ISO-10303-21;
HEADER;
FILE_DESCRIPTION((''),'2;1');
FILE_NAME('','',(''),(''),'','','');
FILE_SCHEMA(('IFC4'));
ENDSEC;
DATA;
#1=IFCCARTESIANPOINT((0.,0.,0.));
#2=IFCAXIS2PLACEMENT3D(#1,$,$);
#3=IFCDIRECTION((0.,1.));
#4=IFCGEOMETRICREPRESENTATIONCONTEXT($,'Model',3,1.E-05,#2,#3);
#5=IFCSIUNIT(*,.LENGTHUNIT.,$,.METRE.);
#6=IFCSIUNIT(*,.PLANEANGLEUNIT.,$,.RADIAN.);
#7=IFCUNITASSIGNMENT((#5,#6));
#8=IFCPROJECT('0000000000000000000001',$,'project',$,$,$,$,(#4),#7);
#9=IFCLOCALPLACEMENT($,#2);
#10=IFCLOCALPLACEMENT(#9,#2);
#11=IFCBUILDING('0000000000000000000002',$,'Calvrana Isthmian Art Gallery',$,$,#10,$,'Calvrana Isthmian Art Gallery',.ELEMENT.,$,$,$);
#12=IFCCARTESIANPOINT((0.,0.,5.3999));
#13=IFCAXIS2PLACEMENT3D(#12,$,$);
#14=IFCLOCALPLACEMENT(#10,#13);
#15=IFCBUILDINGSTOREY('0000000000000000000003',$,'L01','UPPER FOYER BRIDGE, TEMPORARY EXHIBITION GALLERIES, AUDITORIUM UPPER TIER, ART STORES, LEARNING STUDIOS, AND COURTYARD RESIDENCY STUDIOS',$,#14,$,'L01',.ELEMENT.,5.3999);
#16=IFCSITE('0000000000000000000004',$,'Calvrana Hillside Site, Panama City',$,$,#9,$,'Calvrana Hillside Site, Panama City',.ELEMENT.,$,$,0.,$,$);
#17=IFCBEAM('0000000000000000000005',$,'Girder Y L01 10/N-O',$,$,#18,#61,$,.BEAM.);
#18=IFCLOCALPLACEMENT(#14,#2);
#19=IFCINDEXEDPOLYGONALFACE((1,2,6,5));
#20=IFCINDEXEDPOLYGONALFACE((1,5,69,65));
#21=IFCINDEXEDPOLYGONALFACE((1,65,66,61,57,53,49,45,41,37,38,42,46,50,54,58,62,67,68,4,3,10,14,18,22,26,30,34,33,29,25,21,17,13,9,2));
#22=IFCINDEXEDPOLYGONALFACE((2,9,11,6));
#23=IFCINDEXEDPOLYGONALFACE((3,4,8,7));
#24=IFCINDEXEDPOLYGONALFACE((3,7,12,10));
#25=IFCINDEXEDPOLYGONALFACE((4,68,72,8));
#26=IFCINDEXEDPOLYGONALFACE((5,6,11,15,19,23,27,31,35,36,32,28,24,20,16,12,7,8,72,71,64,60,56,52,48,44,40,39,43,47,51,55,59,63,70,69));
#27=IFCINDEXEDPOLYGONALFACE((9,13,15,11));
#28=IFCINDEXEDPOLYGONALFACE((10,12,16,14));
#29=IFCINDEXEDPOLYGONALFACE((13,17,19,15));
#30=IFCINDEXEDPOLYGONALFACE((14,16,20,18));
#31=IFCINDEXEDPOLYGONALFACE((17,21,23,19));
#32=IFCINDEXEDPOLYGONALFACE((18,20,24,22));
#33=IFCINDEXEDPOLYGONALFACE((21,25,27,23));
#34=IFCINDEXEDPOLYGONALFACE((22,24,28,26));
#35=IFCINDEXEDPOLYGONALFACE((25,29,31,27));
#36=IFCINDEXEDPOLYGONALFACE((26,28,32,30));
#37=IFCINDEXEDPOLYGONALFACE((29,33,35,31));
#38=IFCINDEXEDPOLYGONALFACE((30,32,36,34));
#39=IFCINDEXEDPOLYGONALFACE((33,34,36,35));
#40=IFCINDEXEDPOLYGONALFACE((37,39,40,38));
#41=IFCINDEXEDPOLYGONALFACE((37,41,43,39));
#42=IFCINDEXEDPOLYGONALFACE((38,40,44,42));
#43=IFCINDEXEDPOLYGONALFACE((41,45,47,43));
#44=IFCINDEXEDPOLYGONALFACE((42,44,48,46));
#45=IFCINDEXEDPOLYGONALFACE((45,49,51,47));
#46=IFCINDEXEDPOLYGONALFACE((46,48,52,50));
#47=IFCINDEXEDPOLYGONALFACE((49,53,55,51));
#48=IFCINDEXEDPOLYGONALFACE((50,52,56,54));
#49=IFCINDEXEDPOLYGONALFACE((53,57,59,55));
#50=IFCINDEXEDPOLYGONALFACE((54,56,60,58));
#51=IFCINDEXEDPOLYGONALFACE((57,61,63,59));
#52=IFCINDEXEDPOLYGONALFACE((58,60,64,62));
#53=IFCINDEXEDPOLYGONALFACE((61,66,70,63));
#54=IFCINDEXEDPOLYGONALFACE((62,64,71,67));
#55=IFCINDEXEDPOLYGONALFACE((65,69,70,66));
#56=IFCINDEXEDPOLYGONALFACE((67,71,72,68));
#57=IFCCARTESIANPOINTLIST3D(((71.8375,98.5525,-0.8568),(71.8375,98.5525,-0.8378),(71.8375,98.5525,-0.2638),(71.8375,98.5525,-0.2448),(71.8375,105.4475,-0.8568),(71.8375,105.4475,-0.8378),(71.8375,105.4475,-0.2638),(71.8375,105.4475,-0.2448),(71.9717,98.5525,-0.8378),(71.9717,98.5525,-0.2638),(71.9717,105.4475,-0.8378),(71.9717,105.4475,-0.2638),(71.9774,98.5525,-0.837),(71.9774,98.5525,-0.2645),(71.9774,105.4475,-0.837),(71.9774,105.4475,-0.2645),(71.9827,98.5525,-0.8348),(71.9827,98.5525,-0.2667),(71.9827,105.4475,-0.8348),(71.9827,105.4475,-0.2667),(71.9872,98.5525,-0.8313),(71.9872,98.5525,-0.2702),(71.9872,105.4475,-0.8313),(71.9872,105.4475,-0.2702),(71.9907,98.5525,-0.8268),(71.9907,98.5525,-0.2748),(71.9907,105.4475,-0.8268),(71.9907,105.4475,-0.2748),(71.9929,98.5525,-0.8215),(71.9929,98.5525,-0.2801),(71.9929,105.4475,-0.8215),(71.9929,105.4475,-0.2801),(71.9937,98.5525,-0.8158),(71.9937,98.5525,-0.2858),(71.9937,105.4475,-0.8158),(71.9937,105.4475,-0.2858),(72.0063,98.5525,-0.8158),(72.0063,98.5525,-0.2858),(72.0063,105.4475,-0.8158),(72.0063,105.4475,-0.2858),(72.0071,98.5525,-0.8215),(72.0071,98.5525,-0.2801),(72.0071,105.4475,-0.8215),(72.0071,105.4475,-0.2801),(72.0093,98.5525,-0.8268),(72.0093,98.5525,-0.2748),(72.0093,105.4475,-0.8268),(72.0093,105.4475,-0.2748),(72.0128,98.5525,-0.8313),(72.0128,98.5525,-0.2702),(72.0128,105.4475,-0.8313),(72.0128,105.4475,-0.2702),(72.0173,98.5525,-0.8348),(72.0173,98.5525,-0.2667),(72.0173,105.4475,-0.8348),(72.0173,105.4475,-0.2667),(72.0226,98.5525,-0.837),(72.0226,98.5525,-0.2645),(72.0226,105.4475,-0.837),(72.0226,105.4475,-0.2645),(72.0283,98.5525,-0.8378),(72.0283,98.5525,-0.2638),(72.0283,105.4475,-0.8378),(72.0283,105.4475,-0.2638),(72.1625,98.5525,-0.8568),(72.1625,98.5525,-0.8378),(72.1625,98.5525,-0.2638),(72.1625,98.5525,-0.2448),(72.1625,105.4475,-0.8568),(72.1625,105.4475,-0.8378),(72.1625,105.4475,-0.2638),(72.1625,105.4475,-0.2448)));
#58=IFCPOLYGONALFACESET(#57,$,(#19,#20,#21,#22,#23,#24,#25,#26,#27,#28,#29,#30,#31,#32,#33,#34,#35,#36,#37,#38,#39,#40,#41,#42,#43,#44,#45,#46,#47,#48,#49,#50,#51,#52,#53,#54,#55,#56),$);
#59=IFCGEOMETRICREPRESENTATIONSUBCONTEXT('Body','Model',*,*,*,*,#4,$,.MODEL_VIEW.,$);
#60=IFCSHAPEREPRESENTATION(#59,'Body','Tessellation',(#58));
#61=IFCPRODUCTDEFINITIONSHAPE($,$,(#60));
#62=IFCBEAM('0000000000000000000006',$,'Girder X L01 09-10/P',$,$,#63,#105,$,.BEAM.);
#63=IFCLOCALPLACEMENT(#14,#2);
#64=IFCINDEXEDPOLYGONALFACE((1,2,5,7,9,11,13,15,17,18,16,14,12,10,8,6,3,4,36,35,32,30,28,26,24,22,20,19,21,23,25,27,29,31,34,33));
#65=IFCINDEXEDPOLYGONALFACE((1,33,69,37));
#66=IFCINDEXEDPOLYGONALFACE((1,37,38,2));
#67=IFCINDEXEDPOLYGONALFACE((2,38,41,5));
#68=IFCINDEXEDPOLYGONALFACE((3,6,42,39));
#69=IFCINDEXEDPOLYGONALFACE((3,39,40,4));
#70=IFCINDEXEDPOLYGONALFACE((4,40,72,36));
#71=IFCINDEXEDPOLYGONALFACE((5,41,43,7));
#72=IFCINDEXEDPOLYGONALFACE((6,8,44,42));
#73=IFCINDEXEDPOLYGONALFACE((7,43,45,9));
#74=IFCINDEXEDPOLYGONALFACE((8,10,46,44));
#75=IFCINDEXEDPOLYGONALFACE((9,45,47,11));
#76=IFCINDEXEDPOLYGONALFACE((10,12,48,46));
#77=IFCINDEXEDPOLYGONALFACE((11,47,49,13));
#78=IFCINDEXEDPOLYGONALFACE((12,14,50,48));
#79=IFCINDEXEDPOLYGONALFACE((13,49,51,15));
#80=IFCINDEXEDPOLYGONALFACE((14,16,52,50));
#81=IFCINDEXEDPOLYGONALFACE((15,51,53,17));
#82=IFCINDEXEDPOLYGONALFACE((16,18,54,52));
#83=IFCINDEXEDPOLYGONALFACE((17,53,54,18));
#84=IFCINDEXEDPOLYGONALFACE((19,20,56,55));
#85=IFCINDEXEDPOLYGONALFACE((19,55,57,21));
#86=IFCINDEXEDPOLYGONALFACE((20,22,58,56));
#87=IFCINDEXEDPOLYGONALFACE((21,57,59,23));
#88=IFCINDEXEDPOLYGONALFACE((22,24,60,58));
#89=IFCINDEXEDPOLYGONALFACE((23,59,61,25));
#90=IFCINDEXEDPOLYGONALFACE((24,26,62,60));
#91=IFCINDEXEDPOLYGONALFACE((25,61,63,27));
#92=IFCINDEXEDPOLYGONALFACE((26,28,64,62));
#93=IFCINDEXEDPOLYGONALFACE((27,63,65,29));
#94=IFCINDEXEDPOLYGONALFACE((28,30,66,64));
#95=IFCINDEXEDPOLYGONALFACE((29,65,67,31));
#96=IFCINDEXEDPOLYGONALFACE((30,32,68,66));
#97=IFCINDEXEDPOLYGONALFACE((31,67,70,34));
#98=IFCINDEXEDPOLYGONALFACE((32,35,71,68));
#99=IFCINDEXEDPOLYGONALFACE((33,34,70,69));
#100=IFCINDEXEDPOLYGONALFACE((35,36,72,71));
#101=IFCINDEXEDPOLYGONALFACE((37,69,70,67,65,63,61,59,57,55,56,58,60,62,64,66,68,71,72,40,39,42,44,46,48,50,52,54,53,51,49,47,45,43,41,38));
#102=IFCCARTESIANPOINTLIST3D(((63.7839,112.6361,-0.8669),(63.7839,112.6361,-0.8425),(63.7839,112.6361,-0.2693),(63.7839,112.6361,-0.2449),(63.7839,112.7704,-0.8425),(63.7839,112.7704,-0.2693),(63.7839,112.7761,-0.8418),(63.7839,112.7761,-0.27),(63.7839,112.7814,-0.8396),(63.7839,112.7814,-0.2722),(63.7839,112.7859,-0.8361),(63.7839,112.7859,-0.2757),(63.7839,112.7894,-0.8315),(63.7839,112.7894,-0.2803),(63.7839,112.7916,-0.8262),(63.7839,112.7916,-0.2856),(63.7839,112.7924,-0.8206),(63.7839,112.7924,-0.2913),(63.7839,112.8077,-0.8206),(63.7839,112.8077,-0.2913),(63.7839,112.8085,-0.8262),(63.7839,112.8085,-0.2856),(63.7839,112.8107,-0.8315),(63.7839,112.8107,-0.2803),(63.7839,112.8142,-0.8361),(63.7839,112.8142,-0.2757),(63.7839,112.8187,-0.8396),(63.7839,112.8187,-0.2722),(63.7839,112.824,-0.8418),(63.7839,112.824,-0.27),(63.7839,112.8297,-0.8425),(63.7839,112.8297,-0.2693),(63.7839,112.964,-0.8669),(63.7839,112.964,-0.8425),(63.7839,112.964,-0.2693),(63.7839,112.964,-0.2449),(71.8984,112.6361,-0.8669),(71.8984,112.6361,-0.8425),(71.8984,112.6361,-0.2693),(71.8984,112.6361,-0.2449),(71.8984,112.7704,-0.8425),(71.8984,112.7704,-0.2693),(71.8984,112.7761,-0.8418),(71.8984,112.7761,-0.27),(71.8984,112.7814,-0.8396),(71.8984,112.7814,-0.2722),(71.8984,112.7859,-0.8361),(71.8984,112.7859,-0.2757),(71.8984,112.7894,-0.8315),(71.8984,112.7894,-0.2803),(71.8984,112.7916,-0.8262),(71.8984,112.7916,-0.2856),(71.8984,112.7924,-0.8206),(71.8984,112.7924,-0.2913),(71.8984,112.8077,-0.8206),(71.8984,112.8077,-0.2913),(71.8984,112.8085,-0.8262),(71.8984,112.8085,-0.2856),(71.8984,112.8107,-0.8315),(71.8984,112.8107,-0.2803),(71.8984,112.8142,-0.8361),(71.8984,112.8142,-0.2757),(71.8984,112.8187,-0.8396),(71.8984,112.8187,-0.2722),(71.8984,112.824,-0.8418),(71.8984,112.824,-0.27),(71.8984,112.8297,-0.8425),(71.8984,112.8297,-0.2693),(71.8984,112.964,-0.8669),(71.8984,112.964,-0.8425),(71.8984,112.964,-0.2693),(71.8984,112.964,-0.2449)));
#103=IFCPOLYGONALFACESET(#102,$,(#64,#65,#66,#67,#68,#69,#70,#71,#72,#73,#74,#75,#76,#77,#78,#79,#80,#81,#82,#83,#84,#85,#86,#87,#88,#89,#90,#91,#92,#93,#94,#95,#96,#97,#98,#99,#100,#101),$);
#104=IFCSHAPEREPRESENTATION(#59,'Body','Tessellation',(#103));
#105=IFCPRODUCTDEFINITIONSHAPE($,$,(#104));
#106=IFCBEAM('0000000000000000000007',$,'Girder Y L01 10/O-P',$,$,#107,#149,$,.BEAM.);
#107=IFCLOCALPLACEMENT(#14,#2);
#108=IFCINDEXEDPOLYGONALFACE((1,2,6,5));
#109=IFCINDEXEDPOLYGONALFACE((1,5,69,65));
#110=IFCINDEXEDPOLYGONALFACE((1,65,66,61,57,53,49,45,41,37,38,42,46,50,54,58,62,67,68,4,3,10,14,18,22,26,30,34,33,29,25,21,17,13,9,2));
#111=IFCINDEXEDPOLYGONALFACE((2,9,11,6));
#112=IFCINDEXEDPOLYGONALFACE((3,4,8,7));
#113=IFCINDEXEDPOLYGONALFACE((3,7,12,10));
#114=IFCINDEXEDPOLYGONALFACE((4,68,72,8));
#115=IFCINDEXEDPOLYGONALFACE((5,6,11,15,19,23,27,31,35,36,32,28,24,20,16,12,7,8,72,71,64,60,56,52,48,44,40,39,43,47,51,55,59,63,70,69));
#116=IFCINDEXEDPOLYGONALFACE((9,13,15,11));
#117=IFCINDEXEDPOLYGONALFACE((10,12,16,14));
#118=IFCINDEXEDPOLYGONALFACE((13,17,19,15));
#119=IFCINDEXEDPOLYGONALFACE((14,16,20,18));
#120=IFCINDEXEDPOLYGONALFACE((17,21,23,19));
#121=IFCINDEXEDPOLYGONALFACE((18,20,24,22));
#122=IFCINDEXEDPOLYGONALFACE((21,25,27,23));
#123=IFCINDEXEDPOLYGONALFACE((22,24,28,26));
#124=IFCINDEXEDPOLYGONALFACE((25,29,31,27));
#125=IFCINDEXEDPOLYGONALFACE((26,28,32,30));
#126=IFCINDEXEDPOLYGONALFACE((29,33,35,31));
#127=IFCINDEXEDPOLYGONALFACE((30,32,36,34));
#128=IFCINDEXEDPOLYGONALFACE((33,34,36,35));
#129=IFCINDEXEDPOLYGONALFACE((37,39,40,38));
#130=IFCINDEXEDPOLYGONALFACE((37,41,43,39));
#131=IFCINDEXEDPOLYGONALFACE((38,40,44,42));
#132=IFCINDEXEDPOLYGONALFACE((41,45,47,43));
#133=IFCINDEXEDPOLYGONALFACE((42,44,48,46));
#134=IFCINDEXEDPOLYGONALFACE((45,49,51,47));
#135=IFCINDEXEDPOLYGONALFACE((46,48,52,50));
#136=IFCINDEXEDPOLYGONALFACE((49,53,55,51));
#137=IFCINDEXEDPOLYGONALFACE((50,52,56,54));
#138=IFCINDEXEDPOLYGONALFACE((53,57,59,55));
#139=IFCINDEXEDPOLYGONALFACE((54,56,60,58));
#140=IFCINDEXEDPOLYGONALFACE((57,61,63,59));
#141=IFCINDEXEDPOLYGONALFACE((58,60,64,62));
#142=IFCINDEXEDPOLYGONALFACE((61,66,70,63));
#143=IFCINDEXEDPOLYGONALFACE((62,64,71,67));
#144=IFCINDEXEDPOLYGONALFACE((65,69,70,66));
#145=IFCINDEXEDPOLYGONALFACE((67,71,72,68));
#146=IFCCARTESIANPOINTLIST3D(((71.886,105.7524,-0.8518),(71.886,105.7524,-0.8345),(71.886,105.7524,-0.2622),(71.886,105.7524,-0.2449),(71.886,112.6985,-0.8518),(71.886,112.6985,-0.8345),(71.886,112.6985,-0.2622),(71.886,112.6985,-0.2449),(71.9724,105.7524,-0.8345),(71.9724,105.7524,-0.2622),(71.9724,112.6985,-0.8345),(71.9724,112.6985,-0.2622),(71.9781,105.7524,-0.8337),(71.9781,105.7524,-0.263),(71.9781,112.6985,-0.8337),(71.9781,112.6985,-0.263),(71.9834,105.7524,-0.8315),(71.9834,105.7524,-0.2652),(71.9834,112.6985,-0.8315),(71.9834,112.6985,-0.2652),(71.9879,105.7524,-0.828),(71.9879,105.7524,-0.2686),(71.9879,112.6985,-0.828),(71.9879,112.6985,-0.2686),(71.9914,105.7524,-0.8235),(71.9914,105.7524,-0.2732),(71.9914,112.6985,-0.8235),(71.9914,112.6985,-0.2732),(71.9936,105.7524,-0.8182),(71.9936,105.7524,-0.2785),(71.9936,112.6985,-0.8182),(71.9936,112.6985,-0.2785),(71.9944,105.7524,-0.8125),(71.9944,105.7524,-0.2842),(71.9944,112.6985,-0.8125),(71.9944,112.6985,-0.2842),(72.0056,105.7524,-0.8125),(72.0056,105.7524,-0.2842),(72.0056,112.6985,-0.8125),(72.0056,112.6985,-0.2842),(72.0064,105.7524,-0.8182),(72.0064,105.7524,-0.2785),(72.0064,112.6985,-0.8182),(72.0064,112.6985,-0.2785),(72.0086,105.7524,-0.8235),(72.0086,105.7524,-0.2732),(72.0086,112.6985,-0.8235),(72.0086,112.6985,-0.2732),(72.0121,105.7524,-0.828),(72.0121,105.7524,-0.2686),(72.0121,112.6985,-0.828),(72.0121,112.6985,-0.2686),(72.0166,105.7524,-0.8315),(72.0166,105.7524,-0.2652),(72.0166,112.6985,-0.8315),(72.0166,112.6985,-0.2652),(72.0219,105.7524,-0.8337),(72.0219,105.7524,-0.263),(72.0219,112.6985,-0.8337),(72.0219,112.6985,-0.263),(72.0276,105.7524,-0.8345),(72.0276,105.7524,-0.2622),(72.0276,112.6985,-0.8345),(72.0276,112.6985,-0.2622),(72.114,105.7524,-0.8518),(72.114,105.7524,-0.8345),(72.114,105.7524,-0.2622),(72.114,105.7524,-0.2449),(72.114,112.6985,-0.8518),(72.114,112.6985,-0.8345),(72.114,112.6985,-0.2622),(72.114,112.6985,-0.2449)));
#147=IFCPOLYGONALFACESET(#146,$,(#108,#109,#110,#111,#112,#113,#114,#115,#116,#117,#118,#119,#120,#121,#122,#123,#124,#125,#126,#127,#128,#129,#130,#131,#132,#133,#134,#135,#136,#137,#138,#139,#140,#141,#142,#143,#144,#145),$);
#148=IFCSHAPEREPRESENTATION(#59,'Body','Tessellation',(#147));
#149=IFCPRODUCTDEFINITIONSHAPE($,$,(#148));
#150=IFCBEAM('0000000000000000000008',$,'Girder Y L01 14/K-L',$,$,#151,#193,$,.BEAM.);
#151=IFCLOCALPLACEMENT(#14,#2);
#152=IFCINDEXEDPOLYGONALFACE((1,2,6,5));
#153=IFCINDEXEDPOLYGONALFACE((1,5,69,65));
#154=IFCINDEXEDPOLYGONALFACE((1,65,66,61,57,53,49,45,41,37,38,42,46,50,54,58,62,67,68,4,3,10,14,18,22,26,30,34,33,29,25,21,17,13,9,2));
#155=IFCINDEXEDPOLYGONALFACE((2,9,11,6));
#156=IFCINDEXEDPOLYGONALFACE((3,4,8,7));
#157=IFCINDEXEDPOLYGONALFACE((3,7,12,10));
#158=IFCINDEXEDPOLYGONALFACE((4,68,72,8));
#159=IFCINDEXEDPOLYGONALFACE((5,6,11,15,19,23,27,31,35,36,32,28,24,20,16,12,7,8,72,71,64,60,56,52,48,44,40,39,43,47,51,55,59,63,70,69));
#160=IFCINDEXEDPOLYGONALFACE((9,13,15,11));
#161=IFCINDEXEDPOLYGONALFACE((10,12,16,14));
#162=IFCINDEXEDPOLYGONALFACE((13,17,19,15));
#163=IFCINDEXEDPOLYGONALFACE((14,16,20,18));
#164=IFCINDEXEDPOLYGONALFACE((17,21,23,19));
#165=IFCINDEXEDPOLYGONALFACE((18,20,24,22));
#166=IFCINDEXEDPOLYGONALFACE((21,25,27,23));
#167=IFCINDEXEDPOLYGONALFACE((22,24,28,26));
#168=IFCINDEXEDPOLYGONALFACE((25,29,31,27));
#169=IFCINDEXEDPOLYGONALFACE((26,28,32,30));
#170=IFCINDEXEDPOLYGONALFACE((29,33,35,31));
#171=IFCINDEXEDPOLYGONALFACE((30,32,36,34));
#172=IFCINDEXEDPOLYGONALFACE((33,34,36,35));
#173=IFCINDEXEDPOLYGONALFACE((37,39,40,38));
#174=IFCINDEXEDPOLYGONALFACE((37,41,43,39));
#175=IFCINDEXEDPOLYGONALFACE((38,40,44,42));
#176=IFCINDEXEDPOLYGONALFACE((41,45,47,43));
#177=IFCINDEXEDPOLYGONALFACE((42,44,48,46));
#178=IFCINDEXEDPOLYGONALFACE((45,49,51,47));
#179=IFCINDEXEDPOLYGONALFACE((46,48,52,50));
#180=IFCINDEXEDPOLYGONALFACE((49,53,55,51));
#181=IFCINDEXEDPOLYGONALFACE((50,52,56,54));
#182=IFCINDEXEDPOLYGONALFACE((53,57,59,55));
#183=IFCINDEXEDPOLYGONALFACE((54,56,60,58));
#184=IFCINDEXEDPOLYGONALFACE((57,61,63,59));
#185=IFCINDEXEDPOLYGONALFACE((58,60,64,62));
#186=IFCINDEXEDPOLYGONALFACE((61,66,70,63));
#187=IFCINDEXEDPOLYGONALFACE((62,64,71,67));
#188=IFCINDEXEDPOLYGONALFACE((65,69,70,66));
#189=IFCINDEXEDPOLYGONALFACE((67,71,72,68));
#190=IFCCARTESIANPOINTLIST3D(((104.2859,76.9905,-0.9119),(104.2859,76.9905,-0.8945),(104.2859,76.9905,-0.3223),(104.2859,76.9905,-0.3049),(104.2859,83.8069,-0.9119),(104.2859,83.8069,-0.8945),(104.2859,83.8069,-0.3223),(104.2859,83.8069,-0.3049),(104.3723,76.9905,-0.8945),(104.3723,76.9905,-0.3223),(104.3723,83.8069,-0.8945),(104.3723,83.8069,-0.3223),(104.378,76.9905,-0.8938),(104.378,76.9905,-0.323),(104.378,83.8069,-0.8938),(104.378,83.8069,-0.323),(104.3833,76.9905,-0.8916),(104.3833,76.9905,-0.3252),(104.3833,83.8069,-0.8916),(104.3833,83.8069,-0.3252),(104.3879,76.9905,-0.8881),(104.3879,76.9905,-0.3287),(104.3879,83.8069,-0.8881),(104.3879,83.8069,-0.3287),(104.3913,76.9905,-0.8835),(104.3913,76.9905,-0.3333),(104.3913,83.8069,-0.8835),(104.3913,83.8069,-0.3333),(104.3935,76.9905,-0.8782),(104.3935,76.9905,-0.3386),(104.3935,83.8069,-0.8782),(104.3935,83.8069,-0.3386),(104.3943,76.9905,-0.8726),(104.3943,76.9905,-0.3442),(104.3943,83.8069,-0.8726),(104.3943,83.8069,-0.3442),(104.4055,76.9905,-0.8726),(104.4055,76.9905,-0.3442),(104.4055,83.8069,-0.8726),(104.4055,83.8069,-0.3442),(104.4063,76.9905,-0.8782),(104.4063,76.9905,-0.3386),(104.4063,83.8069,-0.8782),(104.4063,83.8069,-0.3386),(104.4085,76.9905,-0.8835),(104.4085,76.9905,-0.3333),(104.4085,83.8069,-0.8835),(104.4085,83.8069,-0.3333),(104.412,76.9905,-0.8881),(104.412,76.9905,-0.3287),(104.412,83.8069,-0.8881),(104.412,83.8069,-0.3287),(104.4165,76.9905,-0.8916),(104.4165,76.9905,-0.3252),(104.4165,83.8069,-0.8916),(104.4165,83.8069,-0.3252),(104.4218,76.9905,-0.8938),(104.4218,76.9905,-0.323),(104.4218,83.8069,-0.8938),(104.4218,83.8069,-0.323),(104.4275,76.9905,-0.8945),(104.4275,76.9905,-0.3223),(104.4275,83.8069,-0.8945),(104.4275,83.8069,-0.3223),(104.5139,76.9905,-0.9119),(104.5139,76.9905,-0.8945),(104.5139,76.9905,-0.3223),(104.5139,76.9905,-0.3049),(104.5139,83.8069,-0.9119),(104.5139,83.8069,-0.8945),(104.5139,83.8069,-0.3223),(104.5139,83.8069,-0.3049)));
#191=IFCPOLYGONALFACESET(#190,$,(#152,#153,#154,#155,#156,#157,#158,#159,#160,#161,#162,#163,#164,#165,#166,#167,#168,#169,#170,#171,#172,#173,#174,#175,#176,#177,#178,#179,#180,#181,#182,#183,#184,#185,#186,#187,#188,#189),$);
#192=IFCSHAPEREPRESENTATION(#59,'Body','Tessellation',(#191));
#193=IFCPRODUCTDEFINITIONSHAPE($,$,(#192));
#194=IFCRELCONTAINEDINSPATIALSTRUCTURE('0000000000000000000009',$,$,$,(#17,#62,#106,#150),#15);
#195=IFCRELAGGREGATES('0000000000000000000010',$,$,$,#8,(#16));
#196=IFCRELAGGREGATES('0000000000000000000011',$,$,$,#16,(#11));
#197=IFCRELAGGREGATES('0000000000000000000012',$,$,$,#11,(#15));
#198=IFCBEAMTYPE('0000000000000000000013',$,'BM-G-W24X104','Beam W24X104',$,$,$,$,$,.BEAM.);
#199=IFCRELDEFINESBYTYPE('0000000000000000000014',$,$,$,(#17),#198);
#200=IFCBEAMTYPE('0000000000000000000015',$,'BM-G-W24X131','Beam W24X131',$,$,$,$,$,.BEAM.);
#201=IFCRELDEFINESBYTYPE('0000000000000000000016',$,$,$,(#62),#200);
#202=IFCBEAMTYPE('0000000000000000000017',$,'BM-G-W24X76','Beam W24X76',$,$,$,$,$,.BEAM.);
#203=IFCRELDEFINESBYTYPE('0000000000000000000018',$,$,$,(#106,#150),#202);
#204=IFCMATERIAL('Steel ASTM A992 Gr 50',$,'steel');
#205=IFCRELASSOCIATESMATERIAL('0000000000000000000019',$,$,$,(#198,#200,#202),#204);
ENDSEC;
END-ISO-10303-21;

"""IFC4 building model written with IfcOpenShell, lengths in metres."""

from ifc_helpers import new_model, si_unit, direction, frame, origin, origin_2d, place, context, subcontext, project, spatial, i_section, extrude, material, material_profile, profile_set, type_object, element, save


model = new_model("IFC4")

# Units and contexts
model_context = context("Model", 3, precision=1e-05, world=origin(), true_north=direction((0.0, 1.0)))
body_context = subcontext(model_context, "Body", "Model", "MODEL_VIEW")
ifc_project = project(units=[si_unit("LENGTHUNIT", "METRE"), si_unit("PLANEANGLEUNIT", "RADIAN")], contexts=[model_context])

# Site, building, storey
site_placement = place(None, origin())
site = spatial("IfcSite", under=ifc_project, at=site_placement, Name="Calvrana Hillside Site, Panama City", LongName="Calvrana Hillside Site, Panama City", CompositionType="ELEMENT", RefElevation=0.0)
building_placement = place(site_placement, origin())
building = spatial("IfcBuilding", under=site, at=building_placement, Name="Calvrana Isthmian Art Gallery", LongName="Calvrana Isthmian Art Gallery", CompositionType="ELEMENT")
storey_placement = place(building_placement, frame((0.0, 0.0, 5.3999)))
storey = spatial("IfcBuildingStorey", under=building, at=storey_placement, Name="L01", Description="UPPER FOYER BRIDGE, TEMPORARY EXHIBITION GALLERIES, AUDITORIUM UPPER TIER, ART STORES, LEARNING STUDIOS, AND COURTYARD RESIDENCY STUDIOS", LongName="L01", CompositionType="ELEMENT", Elevation=5.3999)

# Shared definitions
ifc_material_1 = material(Name="Steel ASTM A992 Gr 50", Category="steel")

# Beams
ifc_material_profile_1 = material_profile(ifc_material_1, i_section(OverallWidth=0.325, OverallDepth=0.6121, WebThickness=0.0127, FlangeThickness=0.019, FilletRadius=0.022, at=origin_2d()), Name="W24X104")
ifc_profile_set_1 = profile_set([ifc_material_profile_1], Name="Steel ASTM A992 Gr 50")
beam_type_1 = type_object("IfcBeamType", Name="BM-G-W24X104", Description="Beam W24X104", PredefinedType="BEAM", material=ifc_profile_set_1)
beam_1_placement = place(storey_placement, frame((72.0, 98.5525, -0.5508), z_axis=(0.0, 1.0, 0.0), x_axis=(-1.0, 0.0, 0.0)))
element("IfcBeam", 1, at=beam_1_placement, inside=storey, type_object=beam_type_1, Name="Girder Y L01 10/N-O", PredefinedType="BEAM", context=body_context, shape_type="SweptSolid", body=[
    extrude(i_section(OverallWidth=0.325, OverallDepth=0.6121, WebThickness=0.0127, FlangeThickness=0.019, FilletRadius=0.022, at=origin_2d()), origin(), (0.0, 0.0, 1.0), 6.895),
])
ifc_material_profile_2 = material_profile(ifc_material_1, i_section(OverallWidth=0.3279, OverallDepth=0.6221, WebThickness=0.0154, FlangeThickness=0.0244, FilletRadius=0.022, at=origin_2d()), Name="W24X131")
ifc_profile_set_2 = profile_set([ifc_material_profile_2], Name="Steel ASTM A992 Gr 50")
beam_type_2 = type_object("IfcBeamType", Name="BM-G-W24X131", Description="Beam W24X131", PredefinedType="BEAM", material=ifc_profile_set_2)
beam_2_placement = place(storey_placement, frame((63.7839, 112.8, -0.5559), z_axis=(1.0, 0.0, 0.0), x_axis=(0.0, 1.0, 0.0)))
element("IfcBeam", 2, at=beam_2_placement, inside=storey, type_object=beam_type_2, Name="Girder X L01 09-10/P", PredefinedType="BEAM", context=body_context, shape_type="SweptSolid", body=[
    extrude(i_section(OverallWidth=0.3279, OverallDepth=0.6221, WebThickness=0.0154, FlangeThickness=0.0244, FilletRadius=0.022, at=origin_2d()), origin(), (0.0, 0.0, 1.0), 8.1145),
])
ifc_material_profile_3 = material_profile(ifc_material_1, i_section(OverallWidth=0.228, OverallDepth=0.6069, WebThickness=0.0112, FlangeThickness=0.0173, FilletRadius=0.022, at=origin_2d()), Name="W24X76")
ifc_profile_set_3 = profile_set([ifc_material_profile_3], Name="Steel ASTM A992 Gr 50")
beam_type_3 = type_object("IfcBeamType", Name="BM-G-W24X76", Description="Beam W24X76", PredefinedType="BEAM", material=ifc_profile_set_3)
beam_3_placement = place(storey_placement, frame((72.0, 105.7524, -0.5483), z_axis=(0.0, 1.0, 0.0), x_axis=(-1.0, 0.0, 0.0)))
element("IfcBeam", 3, at=beam_3_placement, inside=storey, type_object=beam_type_3, Name="Girder Y L01 10/O-P", PredefinedType="BEAM", context=body_context, shape_type="SweptSolid", body=[
    extrude(i_section(OverallWidth=0.228, OverallDepth=0.6069, WebThickness=0.0112, FlangeThickness=0.0173, FilletRadius=0.022, at=origin_2d()), origin(), (0.0, 0.0, 1.0), 6.946),
])
beam_4_placement = place(storey_placement, frame((104.3999, 76.9905, -0.6084), z_axis=(0.0, 1.0, 0.0), x_axis=(-1.0, 0.0, 0.0)))
element("IfcBeam", 4, at=beam_4_placement, inside=storey, type_object=beam_type_3, Name="Girder Y L01 14/K-L", PredefinedType="BEAM", context=body_context, shape_type="SweptSolid", body=[
    extrude(i_section(OverallWidth=0.228, OverallDepth=0.6069, WebThickness=0.0112, FlangeThickness=0.0173, FilletRadius=0.022, at=origin_2d()), origin(), (0.0, 0.0, 1.0), 6.8164),
])

save(model, "model.ifc")
